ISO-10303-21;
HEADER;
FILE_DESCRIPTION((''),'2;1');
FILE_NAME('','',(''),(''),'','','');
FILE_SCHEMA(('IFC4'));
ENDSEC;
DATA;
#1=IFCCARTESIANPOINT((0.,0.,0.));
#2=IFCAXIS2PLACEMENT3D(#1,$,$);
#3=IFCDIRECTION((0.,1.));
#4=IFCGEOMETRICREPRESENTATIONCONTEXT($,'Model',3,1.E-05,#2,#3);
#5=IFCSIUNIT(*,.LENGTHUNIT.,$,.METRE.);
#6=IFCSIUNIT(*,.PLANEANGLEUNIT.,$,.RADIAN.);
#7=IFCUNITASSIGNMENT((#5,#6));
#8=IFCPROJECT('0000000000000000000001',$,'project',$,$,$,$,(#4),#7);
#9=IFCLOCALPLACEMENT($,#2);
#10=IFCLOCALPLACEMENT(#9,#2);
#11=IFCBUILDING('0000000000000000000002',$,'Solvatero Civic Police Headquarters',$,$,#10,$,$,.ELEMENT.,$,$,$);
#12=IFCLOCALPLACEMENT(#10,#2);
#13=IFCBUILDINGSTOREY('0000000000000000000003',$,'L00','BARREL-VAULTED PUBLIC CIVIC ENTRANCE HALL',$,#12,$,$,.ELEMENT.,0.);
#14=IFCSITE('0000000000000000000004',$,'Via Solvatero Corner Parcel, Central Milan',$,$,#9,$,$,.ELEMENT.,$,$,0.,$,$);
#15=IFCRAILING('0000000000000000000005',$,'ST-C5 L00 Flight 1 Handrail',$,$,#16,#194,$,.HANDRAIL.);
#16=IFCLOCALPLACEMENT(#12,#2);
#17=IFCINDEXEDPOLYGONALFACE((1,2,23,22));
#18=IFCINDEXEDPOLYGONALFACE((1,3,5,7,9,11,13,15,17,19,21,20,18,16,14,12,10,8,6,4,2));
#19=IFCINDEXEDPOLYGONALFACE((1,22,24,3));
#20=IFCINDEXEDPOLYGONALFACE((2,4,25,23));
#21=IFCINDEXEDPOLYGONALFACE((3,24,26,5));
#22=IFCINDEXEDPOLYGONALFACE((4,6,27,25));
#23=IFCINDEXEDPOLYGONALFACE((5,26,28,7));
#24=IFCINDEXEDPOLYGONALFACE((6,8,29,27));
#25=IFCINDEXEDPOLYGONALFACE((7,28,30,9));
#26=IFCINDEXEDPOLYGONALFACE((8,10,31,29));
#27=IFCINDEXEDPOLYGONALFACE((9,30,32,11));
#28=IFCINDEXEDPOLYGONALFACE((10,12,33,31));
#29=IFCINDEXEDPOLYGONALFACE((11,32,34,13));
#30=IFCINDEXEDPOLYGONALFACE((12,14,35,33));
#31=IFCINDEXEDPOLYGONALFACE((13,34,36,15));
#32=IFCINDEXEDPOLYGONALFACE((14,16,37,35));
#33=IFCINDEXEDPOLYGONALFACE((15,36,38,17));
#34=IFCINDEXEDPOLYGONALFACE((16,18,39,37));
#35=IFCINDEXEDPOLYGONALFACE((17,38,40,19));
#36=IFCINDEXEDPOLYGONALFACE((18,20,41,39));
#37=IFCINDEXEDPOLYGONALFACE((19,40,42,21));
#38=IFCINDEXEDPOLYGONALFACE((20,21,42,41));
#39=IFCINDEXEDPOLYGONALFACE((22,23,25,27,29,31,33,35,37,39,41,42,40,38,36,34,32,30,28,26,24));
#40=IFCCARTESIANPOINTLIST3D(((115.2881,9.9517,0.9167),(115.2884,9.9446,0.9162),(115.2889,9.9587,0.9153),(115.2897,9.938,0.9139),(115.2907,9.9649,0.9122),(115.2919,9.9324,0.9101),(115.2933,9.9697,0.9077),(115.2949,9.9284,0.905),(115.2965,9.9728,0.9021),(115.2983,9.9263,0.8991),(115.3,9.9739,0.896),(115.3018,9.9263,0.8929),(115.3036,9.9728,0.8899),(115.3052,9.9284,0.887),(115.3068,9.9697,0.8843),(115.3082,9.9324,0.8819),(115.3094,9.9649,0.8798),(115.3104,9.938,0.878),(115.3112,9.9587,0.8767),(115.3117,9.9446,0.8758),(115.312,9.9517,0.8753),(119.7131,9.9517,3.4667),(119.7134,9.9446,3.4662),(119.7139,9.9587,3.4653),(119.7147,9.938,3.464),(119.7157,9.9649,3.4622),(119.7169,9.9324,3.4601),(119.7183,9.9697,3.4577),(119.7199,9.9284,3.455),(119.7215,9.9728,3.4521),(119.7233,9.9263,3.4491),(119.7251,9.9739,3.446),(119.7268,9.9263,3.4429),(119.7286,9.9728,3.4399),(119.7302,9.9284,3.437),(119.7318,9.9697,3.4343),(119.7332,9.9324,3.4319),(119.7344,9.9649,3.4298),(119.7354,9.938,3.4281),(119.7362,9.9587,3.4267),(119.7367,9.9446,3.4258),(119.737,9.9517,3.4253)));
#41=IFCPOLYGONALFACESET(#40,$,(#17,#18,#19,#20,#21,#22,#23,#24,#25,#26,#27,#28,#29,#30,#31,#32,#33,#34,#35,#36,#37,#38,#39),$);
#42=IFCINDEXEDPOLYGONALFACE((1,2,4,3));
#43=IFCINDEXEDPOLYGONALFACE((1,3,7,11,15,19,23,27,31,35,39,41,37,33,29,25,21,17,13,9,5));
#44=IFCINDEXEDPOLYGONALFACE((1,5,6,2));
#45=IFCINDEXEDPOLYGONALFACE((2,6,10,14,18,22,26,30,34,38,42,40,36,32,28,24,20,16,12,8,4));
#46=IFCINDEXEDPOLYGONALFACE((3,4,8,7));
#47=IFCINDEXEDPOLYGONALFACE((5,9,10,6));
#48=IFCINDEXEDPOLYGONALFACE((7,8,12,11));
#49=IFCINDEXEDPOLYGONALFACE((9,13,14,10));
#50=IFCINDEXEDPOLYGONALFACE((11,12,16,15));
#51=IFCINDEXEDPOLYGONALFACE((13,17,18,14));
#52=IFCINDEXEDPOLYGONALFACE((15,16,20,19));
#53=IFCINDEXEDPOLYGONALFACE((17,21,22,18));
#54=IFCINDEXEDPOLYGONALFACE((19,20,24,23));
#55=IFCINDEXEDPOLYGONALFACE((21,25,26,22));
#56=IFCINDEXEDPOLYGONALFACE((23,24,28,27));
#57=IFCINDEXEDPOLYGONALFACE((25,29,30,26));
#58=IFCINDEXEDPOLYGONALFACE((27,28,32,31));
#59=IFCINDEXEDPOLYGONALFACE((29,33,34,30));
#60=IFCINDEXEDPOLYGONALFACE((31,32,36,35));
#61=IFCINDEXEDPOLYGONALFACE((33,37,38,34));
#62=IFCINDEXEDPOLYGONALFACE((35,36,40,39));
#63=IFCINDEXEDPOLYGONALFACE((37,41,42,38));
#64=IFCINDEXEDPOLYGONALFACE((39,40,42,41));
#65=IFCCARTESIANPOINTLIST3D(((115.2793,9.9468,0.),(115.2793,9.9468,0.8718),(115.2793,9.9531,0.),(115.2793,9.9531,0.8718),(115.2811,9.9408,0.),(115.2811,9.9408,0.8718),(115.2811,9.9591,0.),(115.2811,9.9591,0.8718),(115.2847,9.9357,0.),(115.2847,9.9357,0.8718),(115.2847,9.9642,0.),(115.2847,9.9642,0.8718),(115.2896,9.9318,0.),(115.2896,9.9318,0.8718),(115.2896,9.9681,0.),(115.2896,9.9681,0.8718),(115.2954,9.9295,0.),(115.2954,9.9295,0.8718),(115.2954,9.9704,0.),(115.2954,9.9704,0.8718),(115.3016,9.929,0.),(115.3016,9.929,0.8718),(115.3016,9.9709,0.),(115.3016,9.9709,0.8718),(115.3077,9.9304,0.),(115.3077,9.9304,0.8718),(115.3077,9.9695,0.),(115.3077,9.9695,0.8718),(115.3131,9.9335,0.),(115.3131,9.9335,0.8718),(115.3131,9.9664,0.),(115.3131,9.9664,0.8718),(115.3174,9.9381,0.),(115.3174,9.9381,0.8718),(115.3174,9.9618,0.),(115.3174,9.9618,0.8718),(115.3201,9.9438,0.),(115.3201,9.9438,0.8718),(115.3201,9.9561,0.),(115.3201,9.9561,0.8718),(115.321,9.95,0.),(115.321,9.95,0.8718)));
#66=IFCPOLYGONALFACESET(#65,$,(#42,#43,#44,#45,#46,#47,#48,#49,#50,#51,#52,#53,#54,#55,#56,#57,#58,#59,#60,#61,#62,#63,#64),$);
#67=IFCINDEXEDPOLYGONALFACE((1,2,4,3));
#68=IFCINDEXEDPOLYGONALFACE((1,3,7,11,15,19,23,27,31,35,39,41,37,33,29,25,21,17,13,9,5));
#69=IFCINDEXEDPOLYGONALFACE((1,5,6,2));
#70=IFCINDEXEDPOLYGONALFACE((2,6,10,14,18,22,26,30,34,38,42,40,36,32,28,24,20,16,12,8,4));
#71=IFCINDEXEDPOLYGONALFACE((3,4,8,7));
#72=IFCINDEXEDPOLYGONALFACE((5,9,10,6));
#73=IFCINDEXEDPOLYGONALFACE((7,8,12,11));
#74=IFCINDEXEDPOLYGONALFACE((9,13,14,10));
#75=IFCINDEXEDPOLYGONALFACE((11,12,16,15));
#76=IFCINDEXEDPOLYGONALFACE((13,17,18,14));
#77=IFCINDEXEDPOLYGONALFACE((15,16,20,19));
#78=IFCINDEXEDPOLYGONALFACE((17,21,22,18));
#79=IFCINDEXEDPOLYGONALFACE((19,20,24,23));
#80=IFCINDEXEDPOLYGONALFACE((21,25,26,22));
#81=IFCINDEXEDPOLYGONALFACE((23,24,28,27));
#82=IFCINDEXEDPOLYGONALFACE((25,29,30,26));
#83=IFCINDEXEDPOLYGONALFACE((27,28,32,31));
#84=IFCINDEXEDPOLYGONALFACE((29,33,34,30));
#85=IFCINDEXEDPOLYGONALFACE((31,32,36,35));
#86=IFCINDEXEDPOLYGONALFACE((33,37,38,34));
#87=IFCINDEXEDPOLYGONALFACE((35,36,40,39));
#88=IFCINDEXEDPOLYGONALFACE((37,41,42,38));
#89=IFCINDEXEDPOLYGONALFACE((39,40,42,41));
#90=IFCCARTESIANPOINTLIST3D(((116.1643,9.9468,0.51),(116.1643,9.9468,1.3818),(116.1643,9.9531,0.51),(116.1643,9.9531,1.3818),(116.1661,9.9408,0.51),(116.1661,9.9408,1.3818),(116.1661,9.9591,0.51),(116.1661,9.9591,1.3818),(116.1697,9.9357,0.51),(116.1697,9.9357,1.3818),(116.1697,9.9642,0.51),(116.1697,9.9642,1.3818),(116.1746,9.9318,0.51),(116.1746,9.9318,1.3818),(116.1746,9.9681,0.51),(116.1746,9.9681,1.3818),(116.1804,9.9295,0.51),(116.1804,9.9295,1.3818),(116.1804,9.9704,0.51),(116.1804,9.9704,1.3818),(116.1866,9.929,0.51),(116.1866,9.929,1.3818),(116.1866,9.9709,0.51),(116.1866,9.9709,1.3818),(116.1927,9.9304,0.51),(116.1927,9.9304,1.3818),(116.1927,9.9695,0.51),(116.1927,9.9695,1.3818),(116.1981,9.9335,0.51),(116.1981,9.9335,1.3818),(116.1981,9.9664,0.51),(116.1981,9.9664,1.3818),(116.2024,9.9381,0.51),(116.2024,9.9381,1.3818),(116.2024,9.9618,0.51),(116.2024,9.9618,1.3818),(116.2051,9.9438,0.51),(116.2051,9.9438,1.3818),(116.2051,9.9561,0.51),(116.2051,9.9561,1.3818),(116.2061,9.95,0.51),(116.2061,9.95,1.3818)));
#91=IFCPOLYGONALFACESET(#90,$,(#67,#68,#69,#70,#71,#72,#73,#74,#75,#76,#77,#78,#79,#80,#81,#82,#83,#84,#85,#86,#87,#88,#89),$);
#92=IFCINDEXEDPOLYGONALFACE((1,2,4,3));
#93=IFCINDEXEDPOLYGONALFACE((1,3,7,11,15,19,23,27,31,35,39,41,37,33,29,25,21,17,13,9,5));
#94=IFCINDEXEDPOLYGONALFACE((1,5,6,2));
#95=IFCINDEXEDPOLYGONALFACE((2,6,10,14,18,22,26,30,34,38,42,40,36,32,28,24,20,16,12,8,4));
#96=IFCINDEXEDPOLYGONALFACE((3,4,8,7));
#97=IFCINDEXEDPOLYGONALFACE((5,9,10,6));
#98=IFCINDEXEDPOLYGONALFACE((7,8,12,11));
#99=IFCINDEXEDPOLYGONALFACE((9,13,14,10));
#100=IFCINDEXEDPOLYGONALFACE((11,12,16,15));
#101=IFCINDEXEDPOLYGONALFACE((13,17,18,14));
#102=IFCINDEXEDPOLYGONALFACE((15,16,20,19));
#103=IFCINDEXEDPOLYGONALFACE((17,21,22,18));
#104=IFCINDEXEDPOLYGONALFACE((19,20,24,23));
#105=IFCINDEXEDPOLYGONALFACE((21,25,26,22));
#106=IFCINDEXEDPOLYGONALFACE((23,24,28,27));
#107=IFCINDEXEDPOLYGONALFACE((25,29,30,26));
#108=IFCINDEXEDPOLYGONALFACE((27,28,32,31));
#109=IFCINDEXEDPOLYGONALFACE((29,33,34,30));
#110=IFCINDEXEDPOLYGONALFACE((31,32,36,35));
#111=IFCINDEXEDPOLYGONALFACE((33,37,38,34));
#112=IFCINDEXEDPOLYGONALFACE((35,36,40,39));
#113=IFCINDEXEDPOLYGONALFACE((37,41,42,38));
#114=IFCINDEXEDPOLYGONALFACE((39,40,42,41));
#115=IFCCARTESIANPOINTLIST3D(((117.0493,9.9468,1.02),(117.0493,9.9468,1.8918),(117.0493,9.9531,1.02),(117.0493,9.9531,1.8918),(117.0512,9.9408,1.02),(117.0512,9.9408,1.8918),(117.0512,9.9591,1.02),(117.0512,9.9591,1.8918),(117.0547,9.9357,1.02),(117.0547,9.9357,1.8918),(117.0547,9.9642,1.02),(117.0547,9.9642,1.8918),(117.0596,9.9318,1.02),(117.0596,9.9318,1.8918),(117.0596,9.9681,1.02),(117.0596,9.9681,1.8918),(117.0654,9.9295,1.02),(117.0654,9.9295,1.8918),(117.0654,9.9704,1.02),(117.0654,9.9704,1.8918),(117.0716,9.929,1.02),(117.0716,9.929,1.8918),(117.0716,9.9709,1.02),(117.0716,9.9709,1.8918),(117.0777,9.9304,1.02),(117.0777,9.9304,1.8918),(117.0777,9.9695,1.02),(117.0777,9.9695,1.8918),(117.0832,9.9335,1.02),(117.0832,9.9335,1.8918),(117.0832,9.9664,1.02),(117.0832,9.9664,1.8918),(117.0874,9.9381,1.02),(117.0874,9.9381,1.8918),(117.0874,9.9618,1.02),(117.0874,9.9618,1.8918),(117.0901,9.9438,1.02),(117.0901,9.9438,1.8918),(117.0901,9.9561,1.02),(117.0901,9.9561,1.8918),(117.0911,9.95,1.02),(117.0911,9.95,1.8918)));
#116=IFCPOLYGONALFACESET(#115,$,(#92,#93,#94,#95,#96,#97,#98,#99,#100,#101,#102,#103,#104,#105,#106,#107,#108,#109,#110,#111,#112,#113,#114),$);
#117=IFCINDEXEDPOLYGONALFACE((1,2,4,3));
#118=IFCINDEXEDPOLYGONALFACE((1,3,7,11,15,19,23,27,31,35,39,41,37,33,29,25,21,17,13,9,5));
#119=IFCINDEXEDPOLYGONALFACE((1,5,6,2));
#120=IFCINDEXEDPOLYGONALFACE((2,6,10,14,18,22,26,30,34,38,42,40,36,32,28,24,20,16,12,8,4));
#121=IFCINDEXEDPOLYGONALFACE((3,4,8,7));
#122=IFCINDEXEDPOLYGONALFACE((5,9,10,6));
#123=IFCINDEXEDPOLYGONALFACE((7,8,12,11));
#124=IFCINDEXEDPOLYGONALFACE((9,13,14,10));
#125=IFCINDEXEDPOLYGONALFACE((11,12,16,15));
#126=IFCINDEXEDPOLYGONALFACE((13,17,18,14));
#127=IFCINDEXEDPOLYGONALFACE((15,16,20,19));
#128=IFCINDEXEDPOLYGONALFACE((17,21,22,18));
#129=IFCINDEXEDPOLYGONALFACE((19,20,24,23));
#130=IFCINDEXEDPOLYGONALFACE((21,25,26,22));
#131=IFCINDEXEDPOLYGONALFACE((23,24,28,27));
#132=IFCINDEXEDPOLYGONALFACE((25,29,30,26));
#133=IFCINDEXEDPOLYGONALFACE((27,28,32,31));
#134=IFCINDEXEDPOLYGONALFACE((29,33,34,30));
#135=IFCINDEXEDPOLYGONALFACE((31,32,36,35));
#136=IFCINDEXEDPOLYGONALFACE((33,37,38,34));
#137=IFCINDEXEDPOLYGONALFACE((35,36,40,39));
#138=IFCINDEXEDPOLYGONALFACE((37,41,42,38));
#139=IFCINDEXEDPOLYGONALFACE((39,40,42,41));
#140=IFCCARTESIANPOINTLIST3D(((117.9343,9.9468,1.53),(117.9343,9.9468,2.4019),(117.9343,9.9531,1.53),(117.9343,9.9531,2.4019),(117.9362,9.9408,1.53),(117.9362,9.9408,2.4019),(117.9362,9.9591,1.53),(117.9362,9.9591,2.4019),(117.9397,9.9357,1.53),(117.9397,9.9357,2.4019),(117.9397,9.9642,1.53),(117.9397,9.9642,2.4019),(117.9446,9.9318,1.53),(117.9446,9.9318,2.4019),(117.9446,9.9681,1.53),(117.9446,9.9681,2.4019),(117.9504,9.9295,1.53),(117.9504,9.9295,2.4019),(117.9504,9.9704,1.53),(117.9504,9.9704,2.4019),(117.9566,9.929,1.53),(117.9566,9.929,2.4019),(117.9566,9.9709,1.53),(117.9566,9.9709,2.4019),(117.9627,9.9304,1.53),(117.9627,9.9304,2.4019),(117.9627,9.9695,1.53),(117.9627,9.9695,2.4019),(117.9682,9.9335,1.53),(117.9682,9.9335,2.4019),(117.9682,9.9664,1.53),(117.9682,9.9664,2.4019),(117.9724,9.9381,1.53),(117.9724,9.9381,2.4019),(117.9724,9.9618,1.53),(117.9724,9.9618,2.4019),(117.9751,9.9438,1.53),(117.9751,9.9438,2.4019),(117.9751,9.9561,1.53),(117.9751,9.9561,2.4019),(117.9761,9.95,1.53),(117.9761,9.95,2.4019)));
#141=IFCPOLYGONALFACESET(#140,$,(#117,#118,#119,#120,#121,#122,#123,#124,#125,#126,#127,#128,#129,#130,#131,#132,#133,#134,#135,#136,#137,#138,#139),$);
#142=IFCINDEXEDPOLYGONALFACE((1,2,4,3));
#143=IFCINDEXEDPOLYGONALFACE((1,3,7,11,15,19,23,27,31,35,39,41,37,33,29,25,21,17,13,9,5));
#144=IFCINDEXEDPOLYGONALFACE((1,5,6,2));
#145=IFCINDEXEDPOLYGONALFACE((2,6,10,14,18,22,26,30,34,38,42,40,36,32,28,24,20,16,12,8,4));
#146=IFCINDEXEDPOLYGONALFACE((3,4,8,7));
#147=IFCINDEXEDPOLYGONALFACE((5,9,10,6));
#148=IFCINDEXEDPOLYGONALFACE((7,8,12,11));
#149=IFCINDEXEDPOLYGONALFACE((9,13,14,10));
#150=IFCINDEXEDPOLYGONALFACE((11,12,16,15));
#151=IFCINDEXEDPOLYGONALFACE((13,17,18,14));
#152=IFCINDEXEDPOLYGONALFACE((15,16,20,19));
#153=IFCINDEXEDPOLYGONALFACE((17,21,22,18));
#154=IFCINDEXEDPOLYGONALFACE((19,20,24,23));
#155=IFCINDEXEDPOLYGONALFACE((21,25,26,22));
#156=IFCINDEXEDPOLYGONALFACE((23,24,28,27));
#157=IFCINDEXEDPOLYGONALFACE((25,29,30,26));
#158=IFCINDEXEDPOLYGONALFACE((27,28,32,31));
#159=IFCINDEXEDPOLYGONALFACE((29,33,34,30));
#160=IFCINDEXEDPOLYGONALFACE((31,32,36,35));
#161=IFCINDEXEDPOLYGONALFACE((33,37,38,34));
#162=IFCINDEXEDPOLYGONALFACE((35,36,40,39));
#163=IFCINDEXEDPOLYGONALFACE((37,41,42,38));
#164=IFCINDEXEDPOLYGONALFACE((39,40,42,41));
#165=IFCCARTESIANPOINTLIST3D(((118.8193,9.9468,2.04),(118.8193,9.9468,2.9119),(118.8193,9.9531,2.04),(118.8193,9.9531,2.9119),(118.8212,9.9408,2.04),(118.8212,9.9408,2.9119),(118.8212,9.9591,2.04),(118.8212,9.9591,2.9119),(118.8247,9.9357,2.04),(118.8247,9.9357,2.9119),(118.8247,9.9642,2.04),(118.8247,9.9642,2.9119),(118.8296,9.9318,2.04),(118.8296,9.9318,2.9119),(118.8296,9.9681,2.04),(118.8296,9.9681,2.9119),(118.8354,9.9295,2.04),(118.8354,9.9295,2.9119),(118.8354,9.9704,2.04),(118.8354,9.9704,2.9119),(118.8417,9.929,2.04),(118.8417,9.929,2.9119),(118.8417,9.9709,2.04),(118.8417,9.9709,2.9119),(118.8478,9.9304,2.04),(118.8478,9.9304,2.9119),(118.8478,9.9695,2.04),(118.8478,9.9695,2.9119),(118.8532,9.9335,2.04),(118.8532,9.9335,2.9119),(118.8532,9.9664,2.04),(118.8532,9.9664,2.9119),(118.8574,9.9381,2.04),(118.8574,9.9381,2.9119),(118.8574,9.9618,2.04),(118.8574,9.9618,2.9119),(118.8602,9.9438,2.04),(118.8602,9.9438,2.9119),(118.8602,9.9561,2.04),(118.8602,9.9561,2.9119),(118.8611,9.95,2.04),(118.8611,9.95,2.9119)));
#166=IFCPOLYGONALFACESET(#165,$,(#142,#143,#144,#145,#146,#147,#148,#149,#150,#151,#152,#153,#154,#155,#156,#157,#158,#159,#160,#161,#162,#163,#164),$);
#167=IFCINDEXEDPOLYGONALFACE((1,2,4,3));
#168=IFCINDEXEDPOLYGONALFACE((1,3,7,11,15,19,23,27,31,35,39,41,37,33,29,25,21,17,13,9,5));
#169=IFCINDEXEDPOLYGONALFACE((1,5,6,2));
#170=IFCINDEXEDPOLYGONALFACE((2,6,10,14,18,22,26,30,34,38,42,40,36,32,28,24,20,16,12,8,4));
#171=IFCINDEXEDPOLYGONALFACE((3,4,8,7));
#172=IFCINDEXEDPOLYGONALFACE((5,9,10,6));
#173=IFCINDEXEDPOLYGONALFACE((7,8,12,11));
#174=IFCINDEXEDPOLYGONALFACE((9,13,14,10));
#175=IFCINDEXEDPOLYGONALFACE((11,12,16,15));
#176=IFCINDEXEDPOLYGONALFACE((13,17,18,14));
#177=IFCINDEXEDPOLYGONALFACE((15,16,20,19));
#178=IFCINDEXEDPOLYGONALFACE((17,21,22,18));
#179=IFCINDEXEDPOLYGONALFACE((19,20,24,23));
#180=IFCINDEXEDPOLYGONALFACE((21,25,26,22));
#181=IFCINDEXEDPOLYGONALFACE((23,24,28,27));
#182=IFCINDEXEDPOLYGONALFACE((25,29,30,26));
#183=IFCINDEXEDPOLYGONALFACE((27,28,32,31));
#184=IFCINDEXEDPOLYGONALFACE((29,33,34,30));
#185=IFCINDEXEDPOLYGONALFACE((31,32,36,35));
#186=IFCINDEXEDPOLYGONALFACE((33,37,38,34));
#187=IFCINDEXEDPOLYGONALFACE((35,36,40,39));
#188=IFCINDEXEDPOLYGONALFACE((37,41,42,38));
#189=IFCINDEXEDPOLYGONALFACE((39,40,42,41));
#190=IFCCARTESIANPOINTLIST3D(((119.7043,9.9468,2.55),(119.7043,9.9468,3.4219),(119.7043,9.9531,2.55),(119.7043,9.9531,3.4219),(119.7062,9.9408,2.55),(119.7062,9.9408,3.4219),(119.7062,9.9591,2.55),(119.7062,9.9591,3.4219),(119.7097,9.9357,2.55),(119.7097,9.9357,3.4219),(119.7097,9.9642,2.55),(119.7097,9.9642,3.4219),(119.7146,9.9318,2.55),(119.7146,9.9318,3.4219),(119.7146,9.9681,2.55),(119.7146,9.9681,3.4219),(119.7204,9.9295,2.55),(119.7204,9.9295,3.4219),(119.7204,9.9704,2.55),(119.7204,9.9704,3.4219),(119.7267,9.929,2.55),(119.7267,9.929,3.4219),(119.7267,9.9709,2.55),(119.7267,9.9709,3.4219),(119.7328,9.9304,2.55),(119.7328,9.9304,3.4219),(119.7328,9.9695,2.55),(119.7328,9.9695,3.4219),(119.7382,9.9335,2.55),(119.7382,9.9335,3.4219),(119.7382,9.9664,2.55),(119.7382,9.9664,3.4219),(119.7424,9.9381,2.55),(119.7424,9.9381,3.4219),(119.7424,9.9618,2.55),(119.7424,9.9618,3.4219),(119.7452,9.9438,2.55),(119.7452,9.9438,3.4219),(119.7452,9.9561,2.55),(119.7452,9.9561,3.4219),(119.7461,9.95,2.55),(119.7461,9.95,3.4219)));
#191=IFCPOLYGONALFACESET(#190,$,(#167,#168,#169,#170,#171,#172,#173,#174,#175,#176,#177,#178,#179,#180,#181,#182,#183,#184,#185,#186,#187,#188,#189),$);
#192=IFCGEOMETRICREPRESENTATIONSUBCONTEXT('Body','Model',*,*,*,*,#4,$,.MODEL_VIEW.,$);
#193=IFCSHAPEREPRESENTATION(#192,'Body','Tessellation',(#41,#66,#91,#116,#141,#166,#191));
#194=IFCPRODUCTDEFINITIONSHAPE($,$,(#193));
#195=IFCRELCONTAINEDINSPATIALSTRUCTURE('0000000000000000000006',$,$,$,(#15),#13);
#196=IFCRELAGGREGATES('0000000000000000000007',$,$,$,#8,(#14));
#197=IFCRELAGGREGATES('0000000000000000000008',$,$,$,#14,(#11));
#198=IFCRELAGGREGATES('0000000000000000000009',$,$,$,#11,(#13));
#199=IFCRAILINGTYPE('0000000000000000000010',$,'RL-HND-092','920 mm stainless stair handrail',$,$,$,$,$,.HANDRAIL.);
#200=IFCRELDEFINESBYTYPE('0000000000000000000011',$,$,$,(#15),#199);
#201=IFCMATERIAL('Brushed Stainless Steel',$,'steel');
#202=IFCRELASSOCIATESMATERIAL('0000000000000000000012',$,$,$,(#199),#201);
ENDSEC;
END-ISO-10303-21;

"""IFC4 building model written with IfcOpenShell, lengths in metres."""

from ifc_helpers import new_model, si_unit, direction, frame, origin, origin_2d, place, context, subcontext, project, spatial, circle, extrude, material, type_object, element, save


model = new_model("IFC4")

# Units and contexts
model_context = context("Model", 3, precision=1e-05, world=origin(), true_north=direction((0.0, 1.0)))
body_context = subcontext(model_context, "Body", "Model", "MODEL_VIEW")
ifc_project = project(units=[si_unit("LENGTHUNIT", "METRE"), si_unit("PLANEANGLEUNIT", "RADIAN")], contexts=[model_context])

# Site, building, storey
site_placement = place(None, origin())
site = spatial("IfcSite", under=ifc_project, at=site_placement, Name="Via Solvatero Corner Parcel, Central Milan", CompositionType="ELEMENT", RefElevation=0.0)
building_placement = place(site_placement, origin())
building = spatial("IfcBuilding", under=site, at=building_placement, Name="Solvatero Civic Police Headquarters", CompositionType="ELEMENT")
storey_placement = place(building_placement, origin())
storey = spatial("IfcBuildingStorey", under=building, at=storey_placement, Name="L00", Description="BARREL-VAULTED PUBLIC CIVIC ENTRANCE HALL", CompositionType="ELEMENT", Elevation=0.0)

# Railing
ifc_material_1 = material(Name="Brushed Stainless Steel", Category="steel")
railing_type_1 = type_object("IfcRailingType", Name="RL-HND-092", Description="920 mm stainless stair handrail", PredefinedType="HANDRAIL", material=ifc_material_1)
railing_1_placement = place(storey_placement, frame((115.3, 9.95, 0.0)))
element("IfcRailing", 1, at=railing_1_placement, inside=storey, type_object=railing_type_1, Name="ST-C5 L00 Flight 1 Handrail", PredefinedType="HANDRAIL", context=body_context, shape_type="SweptSolid", body=[
    extrude(circle(Radius=0.0239, at=origin_2d()), frame((0.0, 0.0, 0.896), z_axis=(0.866428, 0.0, 0.499302), x_axis=(0.0, 1.0, 0.0)), (0.0, 0.0, 1.0), 5.1072),
    extrude(circle(Radius=0.021, at=origin_2d()), origin(), (0.0, 0.0, 1.0), 0.8718),
    extrude(circle(Radius=0.021, at=origin_2d()), frame((0.885, 0.0, 0.51)), (0.0, 0.0, 1.0), 0.8718),
    extrude(circle(Radius=0.021, at=origin_2d()), frame((1.77, 0.0, 1.02)), (0.0, 0.0, 1.0), 0.8718),
    extrude(circle(Radius=0.021, at=origin_2d()), frame((2.655, 0.0, 1.53)), (0.0, 0.0, 1.0), 0.8718),
    extrude(circle(Radius=0.021, at=origin_2d()), frame((3.54, 0.0, 2.04)), (0.0, 0.0, 1.0), 0.8718),
    extrude(circle(Radius=0.021, at=origin_2d()), frame((4.425, 0.0, 2.55)), (0.0, 0.0, 1.0), 0.8718),
])

save(model, "model.ifc")
